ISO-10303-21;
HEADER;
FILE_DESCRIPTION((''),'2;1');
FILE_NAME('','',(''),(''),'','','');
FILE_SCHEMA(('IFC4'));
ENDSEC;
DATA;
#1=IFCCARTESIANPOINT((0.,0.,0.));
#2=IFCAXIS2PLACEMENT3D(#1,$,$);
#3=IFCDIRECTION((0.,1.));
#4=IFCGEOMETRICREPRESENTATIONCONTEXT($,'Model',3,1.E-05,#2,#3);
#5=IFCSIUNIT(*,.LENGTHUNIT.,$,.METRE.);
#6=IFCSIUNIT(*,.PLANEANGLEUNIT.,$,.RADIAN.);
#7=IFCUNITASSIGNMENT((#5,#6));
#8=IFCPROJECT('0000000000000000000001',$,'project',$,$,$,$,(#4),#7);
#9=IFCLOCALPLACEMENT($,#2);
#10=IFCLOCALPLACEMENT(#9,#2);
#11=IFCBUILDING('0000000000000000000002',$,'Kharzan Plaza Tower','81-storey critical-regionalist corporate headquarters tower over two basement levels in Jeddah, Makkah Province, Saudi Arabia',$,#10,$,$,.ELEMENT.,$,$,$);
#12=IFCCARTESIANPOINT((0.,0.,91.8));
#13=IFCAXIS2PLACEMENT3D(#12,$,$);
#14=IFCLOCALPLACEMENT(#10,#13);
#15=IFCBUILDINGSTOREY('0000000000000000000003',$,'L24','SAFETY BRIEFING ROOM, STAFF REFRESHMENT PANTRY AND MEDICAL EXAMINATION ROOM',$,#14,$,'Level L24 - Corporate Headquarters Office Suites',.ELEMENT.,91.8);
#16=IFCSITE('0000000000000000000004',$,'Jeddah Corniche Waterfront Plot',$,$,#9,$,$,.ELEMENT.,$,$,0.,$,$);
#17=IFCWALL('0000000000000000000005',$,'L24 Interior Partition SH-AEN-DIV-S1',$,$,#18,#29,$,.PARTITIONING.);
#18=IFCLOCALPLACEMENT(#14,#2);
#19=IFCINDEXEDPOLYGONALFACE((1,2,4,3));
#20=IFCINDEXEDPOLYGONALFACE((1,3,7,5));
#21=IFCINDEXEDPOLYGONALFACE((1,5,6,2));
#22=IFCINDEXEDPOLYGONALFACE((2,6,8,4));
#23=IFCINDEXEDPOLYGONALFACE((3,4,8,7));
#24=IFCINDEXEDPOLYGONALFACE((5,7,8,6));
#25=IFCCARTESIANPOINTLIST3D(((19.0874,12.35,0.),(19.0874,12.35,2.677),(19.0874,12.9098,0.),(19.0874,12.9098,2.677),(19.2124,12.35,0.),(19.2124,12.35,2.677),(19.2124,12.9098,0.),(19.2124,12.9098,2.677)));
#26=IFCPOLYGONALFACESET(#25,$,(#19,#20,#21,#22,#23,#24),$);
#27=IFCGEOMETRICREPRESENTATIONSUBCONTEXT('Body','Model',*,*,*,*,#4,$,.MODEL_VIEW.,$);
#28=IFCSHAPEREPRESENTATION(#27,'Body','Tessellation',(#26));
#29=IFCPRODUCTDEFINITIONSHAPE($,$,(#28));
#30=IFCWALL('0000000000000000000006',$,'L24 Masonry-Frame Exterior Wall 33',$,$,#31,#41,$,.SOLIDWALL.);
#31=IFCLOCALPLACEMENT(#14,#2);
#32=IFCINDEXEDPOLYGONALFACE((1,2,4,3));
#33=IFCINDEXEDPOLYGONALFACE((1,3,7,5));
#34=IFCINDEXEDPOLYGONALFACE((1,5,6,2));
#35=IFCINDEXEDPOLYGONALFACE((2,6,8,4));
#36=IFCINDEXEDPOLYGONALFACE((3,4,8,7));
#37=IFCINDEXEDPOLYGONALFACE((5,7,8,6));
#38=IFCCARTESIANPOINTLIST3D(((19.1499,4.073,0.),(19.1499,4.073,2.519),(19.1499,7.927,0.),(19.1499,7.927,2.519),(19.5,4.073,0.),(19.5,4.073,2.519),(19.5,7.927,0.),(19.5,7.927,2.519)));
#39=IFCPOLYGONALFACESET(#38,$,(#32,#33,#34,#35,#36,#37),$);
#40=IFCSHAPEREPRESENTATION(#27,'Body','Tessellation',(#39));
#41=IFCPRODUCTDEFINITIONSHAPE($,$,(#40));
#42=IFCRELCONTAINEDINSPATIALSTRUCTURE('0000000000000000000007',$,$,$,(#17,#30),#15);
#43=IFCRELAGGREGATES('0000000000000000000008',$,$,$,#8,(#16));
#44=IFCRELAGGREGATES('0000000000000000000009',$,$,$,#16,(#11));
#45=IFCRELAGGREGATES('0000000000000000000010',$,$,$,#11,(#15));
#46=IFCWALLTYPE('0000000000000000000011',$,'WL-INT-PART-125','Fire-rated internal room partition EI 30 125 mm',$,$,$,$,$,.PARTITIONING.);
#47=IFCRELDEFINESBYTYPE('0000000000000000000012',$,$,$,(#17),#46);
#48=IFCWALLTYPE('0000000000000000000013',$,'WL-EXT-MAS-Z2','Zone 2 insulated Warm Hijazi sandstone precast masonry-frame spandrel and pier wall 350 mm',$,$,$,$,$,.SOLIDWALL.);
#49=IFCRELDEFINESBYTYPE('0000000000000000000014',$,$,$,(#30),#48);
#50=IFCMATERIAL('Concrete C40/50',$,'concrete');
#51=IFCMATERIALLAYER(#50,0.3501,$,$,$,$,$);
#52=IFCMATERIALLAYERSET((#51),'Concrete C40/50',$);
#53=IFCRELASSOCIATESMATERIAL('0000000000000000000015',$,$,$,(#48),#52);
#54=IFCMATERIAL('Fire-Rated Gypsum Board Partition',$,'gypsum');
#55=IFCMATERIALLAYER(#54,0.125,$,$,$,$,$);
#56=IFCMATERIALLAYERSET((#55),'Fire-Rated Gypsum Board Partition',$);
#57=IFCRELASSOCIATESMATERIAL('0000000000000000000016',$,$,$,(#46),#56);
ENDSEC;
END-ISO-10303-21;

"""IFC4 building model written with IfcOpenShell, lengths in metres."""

from ifc_helpers import new_model, si_unit, direction, frame, frame_2d, origin, place, context, subcontext, project, spatial, rectangle, extrude, source, transform, mapped, material, layer, layer_set, type_object, element, save


model = new_model("IFC4")

# Units and contexts
model_context = context("Model", 3, precision=1e-05, world=origin(), true_north=direction((0.0, 1.0)))
body_context = subcontext(model_context, "Body", "Model", "MODEL_VIEW")
ifc_project = project(units=[si_unit("LENGTHUNIT", "METRE"), si_unit("PLANEANGLEUNIT", "RADIAN")], contexts=[model_context])

# Site, building, storey
site_placement = place(None, origin())
site = spatial("IfcSite", under=ifc_project, at=site_placement, Name="Jeddah Corniche Waterfront Plot", CompositionType="ELEMENT", RefElevation=0.0)
building_placement = place(site_placement, origin())
building = spatial("IfcBuilding", under=site, at=building_placement, Name="Kharzan Plaza Tower", Description="81-storey critical-regionalist corporate headquarters tower over two basement levels in Jeddah, Makkah Province, Saudi Arabia", CompositionType="ELEMENT")
storey_placement = place(building_placement, frame((0.0, 0.0, 91.8)))
storey = spatial("IfcBuildingStorey", under=building, at=storey_placement, Name="L24", Description="SAFETY BRIEFING ROOM, STAFF REFRESHMENT PANTRY AND MEDICAL EXAMINATION ROOM", LongName="Level L24 - Corporate Headquarters Office Suites", CompositionType="ELEMENT", Elevation=91.8)

# Shared definitions
ifc_material_1 = material(Name="Concrete C40/50", Category="concrete")
ifc_layer_1 = layer(ifc_material_1, 0.3501)
ifc_layer_set_1 = layer_set([ifc_layer_1], Name="Concrete C40/50")
wall_type_1 = type_object("IfcWallType", Name="WL-EXT-MAS-Z2", Description="Zone 2 insulated Warm Hijazi sandstone precast masonry-frame spandrel and pier wall 350 mm", PredefinedType="SOLIDWALL", material=ifc_layer_set_1)

# Shared definitions
ifc_material_2 = material(Name="Fire-Rated Gypsum Board Partition", Category="gypsum")
ifc_layer_2 = layer(ifc_material_2, 0.125)
ifc_layer_set_2 = layer_set([ifc_layer_2], Name="Fire-Rated Gypsum Board Partition")
wall_type_2 = type_object("IfcWallType", Name="WL-INT-PART-125", Description="Fire-rated internal room partition EI 30 125 mm", PredefinedType="PARTITIONING", material=ifc_layer_set_2)

# Walls
shared_shape_1 = source(origin(), body_context, "Body", "SweptSolid", [
    extrude(rectangle(XDim=0.5598, YDim=0.125, at=frame_2d((0.2798, 0.0))), origin(), (0.0, 0.0, 1.0), 2.677),
])
wall_1_placement = place(storey_placement, frame((19.1499, 12.3501, 0.0), z_axis=(0.0, 0.0, 1.0), x_axis=(0.0, 1.0, 0.0)))
element("IfcWall", 1, at=wall_1_placement, inside=storey, type_object=wall_type_2, Name="L24 Interior Partition SH-AEN-DIV-S1", PredefinedType="PARTITIONING", context=body_context, shape_type="MappedRepresentation", body=[
    mapped(shared_shape_1, transform((0.0, 0.0, 0.0), x_axis=(1.0, 0.0, 0.0), y_axis=(0.0, 1.0, 0.0), z_axis=(0.0, 0.0, 1.0))),
])
shared_shape_2 = source(origin(), body_context, "Body", "SweptSolid", [
    extrude(rectangle(XDim=3.854, YDim=0.3501, at=frame_2d((1.927, 0.0))), origin(), (0.0, 0.0, 1.0), 2.519),
])
wall_2_placement = place(storey_placement, frame((19.325, 4.073, 0.0), z_axis=(0.0, 0.0, 1.0), x_axis=(0.0, 1.0, 0.0)))
element("IfcWall", 2, at=wall_2_placement, inside=storey, type_object=wall_type_1, Name="L24 Masonry-Frame Exterior Wall 33", PredefinedType="SOLIDWALL", context=body_context, shape_type="MappedRepresentation", body=[
    mapped(shared_shape_2, transform((0.0, 0.0, 0.0), x_axis=(1.0, 0.0, 0.0), y_axis=(0.0, 1.0, 0.0), z_axis=(0.0, 0.0, 1.0))),
])

save(model, "model.ifc")
